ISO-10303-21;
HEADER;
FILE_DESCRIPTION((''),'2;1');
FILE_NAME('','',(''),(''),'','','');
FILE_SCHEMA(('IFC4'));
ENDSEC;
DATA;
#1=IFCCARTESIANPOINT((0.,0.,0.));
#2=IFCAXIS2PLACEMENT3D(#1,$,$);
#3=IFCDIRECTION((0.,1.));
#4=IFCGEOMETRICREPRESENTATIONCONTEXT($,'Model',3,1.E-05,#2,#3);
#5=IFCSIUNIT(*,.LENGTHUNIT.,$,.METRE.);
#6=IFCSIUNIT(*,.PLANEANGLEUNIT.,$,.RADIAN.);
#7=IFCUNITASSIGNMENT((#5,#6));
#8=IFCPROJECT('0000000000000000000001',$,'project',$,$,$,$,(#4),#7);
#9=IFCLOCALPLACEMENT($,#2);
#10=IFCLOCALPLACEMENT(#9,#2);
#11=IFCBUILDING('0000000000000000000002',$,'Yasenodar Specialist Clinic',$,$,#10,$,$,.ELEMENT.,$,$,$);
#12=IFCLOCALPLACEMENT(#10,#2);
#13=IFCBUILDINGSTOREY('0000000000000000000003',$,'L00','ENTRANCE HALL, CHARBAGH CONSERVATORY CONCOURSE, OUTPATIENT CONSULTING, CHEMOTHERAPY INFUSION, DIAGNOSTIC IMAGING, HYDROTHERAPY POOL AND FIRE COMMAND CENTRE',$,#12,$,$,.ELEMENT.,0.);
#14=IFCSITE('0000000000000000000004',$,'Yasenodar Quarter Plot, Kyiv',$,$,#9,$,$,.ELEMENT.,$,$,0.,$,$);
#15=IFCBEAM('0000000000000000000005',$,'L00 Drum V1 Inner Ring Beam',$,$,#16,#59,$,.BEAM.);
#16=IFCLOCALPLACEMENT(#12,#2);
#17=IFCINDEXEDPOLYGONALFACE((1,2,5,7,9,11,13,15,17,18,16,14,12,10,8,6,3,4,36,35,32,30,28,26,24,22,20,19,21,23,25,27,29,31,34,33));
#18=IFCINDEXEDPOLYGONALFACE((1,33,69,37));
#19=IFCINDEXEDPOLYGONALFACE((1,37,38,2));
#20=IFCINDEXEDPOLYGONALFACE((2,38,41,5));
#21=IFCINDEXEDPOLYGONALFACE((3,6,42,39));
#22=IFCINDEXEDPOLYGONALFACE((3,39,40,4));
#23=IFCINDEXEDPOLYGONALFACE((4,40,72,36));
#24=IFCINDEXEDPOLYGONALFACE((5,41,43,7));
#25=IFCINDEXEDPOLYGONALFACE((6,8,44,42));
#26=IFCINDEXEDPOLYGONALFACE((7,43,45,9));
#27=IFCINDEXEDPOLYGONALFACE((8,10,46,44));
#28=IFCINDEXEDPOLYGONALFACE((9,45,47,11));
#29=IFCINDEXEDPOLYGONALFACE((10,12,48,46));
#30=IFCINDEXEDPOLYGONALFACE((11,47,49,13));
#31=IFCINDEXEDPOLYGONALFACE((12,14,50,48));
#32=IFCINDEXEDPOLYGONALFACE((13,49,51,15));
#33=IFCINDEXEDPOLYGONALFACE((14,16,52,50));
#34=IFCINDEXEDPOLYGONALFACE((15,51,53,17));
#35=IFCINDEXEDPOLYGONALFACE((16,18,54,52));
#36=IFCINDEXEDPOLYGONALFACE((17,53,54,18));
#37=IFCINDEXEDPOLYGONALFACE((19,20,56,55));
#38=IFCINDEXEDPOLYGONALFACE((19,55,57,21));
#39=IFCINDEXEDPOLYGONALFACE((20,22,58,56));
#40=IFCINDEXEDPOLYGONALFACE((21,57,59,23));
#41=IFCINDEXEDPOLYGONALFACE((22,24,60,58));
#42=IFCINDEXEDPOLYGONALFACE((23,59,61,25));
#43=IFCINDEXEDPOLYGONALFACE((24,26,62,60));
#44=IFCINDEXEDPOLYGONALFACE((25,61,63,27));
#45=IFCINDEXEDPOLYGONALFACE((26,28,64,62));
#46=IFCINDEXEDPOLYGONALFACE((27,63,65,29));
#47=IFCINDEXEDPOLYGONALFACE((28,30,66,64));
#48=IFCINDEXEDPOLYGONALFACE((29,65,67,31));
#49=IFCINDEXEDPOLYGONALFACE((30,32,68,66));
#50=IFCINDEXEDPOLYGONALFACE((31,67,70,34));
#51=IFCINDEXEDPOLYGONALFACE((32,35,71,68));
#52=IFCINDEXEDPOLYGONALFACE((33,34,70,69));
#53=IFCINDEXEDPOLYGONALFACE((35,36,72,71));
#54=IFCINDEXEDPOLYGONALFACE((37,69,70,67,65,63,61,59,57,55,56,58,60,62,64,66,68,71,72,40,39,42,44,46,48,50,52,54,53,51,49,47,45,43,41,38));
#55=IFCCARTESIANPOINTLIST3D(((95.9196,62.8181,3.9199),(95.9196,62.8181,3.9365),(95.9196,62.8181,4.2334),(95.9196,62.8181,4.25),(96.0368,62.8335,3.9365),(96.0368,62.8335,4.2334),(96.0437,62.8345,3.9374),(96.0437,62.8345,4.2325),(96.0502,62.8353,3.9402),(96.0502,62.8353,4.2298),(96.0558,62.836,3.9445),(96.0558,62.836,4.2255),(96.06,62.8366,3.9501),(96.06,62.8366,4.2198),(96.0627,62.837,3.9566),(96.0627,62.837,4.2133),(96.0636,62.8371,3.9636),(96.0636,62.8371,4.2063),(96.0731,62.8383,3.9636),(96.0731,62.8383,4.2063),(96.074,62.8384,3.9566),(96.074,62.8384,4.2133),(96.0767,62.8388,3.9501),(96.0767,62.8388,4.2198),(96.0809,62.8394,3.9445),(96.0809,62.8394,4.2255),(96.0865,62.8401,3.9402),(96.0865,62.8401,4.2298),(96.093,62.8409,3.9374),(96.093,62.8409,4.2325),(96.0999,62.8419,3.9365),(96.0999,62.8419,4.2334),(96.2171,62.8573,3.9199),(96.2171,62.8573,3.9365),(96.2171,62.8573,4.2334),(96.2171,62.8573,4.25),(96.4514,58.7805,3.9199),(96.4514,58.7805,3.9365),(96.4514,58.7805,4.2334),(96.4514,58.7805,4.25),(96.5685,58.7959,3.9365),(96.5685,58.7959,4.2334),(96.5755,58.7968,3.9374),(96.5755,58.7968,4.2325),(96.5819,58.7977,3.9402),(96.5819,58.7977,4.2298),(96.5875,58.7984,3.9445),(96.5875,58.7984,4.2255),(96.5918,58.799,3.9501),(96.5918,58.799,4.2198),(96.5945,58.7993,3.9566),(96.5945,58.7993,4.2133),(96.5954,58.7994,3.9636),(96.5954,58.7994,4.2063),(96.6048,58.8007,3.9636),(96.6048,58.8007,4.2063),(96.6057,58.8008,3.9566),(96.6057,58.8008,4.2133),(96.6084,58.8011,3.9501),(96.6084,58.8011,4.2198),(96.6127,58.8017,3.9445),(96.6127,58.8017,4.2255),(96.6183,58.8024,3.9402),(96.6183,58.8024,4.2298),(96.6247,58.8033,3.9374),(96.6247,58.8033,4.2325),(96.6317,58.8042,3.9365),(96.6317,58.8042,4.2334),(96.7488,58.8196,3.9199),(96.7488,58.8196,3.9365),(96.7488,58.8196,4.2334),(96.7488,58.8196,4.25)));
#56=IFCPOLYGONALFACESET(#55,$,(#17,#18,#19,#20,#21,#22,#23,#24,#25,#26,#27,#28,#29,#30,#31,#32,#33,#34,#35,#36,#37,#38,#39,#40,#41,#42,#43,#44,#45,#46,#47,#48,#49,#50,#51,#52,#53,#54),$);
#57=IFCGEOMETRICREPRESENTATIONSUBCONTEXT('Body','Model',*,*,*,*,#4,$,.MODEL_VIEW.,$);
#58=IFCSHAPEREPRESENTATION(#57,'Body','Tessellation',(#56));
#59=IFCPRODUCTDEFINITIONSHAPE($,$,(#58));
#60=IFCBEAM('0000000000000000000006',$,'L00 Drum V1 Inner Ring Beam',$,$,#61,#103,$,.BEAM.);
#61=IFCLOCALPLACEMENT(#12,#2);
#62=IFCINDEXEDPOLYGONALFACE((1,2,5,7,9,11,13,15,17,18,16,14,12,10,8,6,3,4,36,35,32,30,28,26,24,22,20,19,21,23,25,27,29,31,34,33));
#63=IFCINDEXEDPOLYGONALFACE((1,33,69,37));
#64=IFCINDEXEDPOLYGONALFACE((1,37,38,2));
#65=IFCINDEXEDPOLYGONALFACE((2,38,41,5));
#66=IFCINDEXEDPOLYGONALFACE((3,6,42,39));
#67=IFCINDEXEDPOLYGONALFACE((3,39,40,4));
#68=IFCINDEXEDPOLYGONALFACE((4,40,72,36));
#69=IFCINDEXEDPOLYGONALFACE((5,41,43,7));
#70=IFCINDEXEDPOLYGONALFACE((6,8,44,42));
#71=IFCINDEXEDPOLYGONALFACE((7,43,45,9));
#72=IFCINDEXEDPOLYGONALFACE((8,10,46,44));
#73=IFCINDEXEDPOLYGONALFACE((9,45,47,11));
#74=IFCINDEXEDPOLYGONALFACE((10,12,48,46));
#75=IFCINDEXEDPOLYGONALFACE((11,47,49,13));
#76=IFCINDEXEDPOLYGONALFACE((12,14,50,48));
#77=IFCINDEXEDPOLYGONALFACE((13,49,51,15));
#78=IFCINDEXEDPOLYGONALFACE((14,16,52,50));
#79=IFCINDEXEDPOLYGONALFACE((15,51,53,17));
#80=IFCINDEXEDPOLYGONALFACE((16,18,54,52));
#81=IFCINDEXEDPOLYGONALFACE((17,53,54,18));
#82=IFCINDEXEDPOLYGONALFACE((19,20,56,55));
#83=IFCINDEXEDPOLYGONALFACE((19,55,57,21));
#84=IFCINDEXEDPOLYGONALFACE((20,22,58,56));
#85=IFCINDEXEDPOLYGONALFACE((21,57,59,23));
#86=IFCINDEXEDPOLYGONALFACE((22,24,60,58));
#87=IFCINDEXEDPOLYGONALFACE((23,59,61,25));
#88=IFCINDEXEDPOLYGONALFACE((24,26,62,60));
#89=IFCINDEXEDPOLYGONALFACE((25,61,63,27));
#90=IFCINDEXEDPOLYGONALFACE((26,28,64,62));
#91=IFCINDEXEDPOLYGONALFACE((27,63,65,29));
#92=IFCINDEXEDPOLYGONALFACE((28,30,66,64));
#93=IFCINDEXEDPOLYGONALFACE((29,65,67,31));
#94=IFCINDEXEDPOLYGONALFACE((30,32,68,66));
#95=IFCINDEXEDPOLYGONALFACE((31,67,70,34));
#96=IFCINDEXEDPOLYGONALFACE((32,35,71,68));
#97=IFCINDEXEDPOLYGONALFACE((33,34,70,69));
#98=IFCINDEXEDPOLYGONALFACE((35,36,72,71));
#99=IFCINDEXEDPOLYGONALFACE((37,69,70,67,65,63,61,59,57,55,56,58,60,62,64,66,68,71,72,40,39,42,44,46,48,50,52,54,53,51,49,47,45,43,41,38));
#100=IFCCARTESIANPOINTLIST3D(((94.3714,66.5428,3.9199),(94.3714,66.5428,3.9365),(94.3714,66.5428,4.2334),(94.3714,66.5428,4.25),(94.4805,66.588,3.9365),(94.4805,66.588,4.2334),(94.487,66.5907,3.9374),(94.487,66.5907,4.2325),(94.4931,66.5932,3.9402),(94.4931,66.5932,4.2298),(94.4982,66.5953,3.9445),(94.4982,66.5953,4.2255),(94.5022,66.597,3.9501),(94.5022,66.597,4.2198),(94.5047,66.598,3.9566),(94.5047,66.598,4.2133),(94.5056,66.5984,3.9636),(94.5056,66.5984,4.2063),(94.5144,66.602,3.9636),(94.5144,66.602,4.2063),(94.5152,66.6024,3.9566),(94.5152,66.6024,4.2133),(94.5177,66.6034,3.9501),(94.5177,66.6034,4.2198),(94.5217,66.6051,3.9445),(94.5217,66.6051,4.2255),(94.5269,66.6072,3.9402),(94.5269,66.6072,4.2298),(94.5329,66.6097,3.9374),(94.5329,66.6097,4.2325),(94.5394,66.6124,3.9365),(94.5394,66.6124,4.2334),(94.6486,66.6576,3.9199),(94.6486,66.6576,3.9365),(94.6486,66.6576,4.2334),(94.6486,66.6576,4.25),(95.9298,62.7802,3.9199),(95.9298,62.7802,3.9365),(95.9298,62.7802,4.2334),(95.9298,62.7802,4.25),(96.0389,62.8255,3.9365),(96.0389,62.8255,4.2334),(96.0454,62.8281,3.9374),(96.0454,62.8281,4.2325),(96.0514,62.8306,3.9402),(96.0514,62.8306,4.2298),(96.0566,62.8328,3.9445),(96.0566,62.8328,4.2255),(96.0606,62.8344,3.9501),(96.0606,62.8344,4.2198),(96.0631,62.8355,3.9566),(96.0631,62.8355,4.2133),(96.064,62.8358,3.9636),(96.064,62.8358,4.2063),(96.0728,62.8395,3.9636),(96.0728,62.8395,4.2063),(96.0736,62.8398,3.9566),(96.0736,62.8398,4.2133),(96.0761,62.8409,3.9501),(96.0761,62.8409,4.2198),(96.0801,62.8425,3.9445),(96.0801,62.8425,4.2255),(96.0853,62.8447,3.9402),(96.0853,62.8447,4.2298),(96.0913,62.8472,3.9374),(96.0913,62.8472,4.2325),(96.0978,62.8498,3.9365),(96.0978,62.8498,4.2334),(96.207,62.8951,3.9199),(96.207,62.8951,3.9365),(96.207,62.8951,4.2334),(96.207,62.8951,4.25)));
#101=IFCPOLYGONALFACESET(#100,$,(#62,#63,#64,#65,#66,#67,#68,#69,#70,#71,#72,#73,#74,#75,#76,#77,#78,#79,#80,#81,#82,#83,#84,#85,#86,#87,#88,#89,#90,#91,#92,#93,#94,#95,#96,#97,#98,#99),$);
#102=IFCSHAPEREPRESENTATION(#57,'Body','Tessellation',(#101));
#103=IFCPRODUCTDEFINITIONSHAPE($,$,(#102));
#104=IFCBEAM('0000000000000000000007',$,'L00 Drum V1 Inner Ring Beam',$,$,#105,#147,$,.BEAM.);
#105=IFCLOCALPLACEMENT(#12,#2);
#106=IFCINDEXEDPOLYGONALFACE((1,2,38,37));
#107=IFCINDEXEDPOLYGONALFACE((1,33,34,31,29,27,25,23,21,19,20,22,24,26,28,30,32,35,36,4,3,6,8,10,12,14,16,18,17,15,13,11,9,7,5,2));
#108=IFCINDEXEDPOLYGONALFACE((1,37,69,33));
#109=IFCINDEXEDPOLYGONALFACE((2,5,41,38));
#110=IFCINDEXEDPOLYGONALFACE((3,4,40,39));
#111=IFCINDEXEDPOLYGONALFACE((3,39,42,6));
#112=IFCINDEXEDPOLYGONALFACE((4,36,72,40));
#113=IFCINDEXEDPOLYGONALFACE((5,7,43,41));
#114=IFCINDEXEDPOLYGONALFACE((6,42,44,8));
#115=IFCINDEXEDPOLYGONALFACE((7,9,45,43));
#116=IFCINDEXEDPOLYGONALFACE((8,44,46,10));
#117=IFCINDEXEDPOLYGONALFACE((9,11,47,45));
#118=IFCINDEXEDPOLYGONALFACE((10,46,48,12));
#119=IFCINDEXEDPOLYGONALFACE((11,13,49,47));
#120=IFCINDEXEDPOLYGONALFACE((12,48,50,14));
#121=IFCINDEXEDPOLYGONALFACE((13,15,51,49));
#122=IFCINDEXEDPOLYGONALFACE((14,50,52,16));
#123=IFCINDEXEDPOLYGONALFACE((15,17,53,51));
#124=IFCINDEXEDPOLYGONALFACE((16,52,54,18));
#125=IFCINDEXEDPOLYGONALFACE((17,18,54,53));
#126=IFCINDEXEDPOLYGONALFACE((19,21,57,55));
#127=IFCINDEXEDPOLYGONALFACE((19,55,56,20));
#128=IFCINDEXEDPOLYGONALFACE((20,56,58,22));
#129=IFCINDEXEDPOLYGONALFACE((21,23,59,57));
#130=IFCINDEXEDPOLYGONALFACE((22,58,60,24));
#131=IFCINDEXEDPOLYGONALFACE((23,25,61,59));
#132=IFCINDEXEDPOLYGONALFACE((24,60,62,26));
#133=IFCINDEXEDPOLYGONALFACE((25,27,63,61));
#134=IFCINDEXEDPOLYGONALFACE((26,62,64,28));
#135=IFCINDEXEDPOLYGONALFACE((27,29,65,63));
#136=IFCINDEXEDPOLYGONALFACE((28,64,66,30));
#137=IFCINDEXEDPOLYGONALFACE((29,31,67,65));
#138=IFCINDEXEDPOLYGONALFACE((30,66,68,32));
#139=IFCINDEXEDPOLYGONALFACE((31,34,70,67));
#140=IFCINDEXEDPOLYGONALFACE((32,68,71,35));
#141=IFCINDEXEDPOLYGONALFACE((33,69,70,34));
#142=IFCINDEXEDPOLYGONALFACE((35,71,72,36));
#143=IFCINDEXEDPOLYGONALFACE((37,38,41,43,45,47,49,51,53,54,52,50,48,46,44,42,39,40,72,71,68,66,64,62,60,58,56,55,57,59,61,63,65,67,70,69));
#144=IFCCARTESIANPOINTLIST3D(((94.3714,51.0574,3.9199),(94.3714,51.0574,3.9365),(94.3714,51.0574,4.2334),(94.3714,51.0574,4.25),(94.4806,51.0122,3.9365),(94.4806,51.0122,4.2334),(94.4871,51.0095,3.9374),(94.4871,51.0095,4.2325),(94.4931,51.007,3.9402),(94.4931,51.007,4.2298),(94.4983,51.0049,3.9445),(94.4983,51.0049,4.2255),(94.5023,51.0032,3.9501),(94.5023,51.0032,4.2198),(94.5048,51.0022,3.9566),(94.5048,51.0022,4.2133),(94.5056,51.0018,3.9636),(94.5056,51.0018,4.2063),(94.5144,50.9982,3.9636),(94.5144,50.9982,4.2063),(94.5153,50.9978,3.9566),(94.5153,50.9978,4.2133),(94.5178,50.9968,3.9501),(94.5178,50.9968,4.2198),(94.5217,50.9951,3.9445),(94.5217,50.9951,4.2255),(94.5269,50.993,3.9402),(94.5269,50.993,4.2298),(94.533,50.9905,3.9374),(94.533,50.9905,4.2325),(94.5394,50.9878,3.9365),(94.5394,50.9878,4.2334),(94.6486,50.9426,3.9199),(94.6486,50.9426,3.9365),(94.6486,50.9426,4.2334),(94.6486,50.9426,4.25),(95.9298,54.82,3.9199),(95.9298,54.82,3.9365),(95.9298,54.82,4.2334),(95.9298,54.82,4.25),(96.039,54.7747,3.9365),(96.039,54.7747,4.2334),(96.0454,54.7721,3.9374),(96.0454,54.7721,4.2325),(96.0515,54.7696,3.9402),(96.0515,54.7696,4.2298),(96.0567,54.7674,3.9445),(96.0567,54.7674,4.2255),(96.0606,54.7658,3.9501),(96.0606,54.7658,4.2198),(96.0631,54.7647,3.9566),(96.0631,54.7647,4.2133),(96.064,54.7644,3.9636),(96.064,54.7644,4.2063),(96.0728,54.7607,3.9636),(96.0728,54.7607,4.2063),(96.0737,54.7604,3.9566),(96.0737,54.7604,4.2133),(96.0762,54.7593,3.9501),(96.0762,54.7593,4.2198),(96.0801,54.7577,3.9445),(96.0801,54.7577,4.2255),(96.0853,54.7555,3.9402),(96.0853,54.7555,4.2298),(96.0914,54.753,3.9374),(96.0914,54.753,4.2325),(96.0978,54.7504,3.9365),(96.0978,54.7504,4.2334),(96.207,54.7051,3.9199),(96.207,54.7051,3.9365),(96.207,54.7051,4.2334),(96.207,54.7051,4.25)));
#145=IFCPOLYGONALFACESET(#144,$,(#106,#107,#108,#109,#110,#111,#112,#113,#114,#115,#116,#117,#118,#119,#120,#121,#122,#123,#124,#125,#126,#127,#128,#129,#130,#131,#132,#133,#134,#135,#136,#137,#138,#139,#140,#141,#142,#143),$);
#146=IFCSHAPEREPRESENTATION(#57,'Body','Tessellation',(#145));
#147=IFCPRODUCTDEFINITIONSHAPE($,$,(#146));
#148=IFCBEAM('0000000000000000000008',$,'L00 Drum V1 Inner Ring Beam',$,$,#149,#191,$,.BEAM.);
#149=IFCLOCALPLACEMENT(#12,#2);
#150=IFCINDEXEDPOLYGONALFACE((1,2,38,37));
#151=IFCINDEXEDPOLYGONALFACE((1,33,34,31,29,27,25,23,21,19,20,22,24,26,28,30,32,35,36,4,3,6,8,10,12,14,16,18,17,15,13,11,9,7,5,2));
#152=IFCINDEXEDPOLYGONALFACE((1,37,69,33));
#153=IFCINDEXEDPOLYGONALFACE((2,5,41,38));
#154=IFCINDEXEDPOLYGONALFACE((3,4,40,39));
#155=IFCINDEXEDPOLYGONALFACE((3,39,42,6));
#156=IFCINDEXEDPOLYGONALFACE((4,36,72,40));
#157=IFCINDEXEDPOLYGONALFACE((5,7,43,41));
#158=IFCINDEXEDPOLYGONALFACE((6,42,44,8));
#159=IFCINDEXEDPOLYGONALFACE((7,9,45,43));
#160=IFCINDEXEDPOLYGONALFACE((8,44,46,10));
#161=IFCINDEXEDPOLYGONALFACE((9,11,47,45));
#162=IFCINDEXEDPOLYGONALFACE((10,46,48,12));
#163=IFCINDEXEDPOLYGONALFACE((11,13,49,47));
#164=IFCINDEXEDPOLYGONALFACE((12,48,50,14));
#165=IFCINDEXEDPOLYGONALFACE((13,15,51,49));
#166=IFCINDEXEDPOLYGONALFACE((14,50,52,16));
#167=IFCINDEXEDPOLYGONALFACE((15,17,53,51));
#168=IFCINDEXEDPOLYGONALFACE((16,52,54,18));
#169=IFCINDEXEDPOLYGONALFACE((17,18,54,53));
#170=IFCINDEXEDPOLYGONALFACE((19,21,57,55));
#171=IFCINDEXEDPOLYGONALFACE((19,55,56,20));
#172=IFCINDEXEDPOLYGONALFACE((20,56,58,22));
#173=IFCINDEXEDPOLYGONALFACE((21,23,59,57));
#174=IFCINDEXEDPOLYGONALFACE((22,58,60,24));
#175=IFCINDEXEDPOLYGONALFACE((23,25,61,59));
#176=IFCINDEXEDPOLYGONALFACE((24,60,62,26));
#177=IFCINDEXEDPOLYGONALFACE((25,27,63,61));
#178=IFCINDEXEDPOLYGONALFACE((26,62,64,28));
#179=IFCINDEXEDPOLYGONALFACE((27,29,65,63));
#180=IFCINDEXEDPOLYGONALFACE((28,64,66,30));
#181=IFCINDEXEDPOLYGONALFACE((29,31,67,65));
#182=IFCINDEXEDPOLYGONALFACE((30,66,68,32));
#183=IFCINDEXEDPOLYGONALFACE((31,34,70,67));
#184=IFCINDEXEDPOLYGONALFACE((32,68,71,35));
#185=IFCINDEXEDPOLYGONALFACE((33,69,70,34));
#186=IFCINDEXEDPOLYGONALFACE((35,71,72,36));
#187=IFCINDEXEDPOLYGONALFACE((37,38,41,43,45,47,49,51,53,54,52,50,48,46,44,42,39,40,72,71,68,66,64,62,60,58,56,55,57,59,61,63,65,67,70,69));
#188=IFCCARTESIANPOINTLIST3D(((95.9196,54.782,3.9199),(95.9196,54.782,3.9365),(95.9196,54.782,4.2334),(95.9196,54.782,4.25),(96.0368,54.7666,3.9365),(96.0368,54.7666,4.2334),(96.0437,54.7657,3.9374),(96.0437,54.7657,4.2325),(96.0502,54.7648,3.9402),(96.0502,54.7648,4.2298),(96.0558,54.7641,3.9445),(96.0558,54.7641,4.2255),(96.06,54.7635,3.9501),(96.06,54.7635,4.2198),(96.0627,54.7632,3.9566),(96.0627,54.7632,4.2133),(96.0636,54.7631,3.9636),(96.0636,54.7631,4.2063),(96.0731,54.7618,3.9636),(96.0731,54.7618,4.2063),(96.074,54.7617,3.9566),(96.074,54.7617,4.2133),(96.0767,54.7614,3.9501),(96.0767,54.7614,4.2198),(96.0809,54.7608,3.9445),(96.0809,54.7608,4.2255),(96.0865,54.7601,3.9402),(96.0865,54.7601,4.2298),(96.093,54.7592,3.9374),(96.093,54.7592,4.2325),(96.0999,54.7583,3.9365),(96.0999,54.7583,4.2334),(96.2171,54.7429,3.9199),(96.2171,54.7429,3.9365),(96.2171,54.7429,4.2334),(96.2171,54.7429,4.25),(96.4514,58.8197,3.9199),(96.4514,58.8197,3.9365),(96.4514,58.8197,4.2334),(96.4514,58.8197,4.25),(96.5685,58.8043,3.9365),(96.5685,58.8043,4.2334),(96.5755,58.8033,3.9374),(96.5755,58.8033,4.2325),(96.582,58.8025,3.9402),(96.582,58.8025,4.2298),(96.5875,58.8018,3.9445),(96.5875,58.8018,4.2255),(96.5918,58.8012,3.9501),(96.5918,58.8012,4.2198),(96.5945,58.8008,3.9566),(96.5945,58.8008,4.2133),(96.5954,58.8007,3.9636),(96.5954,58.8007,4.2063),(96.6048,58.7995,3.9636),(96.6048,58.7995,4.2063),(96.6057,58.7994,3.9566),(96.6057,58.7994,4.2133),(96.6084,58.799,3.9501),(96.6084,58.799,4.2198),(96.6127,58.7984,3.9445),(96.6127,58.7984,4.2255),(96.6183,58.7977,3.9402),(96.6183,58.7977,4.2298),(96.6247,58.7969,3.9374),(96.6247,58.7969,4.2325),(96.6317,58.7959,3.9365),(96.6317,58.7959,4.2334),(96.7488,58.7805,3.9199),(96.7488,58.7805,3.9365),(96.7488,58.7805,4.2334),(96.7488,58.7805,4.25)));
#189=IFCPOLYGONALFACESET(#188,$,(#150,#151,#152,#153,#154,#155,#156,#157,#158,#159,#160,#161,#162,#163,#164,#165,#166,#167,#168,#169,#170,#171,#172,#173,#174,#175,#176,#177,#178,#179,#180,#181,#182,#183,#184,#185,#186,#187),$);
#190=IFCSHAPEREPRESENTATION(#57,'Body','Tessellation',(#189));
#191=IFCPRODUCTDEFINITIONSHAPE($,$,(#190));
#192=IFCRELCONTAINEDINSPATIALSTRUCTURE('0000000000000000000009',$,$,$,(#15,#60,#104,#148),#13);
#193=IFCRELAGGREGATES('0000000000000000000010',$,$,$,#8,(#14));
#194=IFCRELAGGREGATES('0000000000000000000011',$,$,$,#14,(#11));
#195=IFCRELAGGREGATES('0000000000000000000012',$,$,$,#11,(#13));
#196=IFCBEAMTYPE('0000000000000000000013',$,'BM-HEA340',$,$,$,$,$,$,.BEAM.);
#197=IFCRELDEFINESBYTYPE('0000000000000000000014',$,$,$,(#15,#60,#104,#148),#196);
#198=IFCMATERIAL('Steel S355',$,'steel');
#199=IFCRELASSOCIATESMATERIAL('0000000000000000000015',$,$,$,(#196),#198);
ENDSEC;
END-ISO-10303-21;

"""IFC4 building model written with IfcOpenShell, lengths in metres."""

from ifc_helpers import new_model, si_unit, direction, frame, origin, origin_2d, place, context, subcontext, project, spatial, i_section, extrude, material, material_profile, profile_set, type_object, element, save


model = new_model("IFC4")

# Units and contexts
model_context = context("Model", 3, precision=1e-05, world=origin(), true_north=direction((0.0, 1.0)))
body_context = subcontext(model_context, "Body", "Model", "MODEL_VIEW")
ifc_project = project(units=[si_unit("LENGTHUNIT", "METRE"), si_unit("PLANEANGLEUNIT", "RADIAN")], contexts=[model_context])

# Site, building, storey
site_placement = place(None, origin())
site = spatial("IfcSite", under=ifc_project, at=site_placement, Name="Yasenodar Quarter Plot, Kyiv", CompositionType="ELEMENT", RefElevation=0.0)
building_placement = place(site_placement, origin())
building = spatial("IfcBuilding", under=site, at=building_placement, Name="Yasenodar Specialist Clinic", CompositionType="ELEMENT")
storey_placement = place(building_placement, origin())
storey = spatial("IfcBuildingStorey", under=building, at=storey_placement, Name="L00", Description="ENTRANCE HALL, CHARBAGH CONSERVATORY CONCOURSE, OUTPATIENT CONSULTING, CHEMOTHERAPY INFUSION, DIAGNOSTIC IMAGING, HYDROTHERAPY POOL AND FIRE COMMAND CENTRE", CompositionType="ELEMENT", Elevation=0.0)

# Shared definitions
ifc_material_1 = material(Name="Steel S355", Category="steel")

# Beams
ifc_material_profile_1 = material_profile(ifc_material_1, i_section(OverallWidth=0.3, OverallDepth=0.3301, WebThickness=0.0095, FlangeThickness=0.0166, FilletRadius=0.0271, at=origin_2d()), Name="HEA 340")
ifc_profile_set_1 = profile_set([ifc_material_profile_1], Name="Steel S355")
beam_type_1 = type_object("IfcBeamType", Name="BM-HEA340", PredefinedType="BEAM", material=ifc_profile_set_1)
for number, where, z_axis, x_axis, name in (
    (1, (96.6001, 58.8, 4.085), (-0.130569, 0.991439, 0.0), (-0.991439, -0.130569, 0.0), "L00 Drum V1 Inner Ring Beam"),
    (2, (96.0684, 62.8376, 4.085), (-0.382661, 0.923889, 0.0), (-0.923889, -0.382661, 0.0), "L00 Drum V1 Inner Ring Beam"),
    (3, (94.51, 51.0, 4.085), (0.382661, 0.923889, 0.0), (-0.923889, 0.382661, 0.0), "L00 Drum V1 Inner Ring Beam"),
    (4, (96.0684, 54.7625, 4.085), (0.130569, 0.991439, 0.0), (-0.991439, 0.130569, 0.0), "L00 Drum V1 Inner Ring Beam"),
):
    element("IfcBeam", number, at=place(storey_placement, frame(where, z_axis=z_axis, x_axis=x_axis)), inside=storey, type_object=beam_type_1, Name=name, PredefinedType="BEAM", context=body_context, shape_type="SweptSolid", body=[
        extrude(i_section(OverallWidth=0.3, OverallDepth=0.3301, WebThickness=0.0095, FlangeThickness=0.0166, FilletRadius=0.0271, at=origin_2d()), origin(), (0.0, 0.0, 1.0), 4.0725),
    ])

save(model, "model.ifc")
